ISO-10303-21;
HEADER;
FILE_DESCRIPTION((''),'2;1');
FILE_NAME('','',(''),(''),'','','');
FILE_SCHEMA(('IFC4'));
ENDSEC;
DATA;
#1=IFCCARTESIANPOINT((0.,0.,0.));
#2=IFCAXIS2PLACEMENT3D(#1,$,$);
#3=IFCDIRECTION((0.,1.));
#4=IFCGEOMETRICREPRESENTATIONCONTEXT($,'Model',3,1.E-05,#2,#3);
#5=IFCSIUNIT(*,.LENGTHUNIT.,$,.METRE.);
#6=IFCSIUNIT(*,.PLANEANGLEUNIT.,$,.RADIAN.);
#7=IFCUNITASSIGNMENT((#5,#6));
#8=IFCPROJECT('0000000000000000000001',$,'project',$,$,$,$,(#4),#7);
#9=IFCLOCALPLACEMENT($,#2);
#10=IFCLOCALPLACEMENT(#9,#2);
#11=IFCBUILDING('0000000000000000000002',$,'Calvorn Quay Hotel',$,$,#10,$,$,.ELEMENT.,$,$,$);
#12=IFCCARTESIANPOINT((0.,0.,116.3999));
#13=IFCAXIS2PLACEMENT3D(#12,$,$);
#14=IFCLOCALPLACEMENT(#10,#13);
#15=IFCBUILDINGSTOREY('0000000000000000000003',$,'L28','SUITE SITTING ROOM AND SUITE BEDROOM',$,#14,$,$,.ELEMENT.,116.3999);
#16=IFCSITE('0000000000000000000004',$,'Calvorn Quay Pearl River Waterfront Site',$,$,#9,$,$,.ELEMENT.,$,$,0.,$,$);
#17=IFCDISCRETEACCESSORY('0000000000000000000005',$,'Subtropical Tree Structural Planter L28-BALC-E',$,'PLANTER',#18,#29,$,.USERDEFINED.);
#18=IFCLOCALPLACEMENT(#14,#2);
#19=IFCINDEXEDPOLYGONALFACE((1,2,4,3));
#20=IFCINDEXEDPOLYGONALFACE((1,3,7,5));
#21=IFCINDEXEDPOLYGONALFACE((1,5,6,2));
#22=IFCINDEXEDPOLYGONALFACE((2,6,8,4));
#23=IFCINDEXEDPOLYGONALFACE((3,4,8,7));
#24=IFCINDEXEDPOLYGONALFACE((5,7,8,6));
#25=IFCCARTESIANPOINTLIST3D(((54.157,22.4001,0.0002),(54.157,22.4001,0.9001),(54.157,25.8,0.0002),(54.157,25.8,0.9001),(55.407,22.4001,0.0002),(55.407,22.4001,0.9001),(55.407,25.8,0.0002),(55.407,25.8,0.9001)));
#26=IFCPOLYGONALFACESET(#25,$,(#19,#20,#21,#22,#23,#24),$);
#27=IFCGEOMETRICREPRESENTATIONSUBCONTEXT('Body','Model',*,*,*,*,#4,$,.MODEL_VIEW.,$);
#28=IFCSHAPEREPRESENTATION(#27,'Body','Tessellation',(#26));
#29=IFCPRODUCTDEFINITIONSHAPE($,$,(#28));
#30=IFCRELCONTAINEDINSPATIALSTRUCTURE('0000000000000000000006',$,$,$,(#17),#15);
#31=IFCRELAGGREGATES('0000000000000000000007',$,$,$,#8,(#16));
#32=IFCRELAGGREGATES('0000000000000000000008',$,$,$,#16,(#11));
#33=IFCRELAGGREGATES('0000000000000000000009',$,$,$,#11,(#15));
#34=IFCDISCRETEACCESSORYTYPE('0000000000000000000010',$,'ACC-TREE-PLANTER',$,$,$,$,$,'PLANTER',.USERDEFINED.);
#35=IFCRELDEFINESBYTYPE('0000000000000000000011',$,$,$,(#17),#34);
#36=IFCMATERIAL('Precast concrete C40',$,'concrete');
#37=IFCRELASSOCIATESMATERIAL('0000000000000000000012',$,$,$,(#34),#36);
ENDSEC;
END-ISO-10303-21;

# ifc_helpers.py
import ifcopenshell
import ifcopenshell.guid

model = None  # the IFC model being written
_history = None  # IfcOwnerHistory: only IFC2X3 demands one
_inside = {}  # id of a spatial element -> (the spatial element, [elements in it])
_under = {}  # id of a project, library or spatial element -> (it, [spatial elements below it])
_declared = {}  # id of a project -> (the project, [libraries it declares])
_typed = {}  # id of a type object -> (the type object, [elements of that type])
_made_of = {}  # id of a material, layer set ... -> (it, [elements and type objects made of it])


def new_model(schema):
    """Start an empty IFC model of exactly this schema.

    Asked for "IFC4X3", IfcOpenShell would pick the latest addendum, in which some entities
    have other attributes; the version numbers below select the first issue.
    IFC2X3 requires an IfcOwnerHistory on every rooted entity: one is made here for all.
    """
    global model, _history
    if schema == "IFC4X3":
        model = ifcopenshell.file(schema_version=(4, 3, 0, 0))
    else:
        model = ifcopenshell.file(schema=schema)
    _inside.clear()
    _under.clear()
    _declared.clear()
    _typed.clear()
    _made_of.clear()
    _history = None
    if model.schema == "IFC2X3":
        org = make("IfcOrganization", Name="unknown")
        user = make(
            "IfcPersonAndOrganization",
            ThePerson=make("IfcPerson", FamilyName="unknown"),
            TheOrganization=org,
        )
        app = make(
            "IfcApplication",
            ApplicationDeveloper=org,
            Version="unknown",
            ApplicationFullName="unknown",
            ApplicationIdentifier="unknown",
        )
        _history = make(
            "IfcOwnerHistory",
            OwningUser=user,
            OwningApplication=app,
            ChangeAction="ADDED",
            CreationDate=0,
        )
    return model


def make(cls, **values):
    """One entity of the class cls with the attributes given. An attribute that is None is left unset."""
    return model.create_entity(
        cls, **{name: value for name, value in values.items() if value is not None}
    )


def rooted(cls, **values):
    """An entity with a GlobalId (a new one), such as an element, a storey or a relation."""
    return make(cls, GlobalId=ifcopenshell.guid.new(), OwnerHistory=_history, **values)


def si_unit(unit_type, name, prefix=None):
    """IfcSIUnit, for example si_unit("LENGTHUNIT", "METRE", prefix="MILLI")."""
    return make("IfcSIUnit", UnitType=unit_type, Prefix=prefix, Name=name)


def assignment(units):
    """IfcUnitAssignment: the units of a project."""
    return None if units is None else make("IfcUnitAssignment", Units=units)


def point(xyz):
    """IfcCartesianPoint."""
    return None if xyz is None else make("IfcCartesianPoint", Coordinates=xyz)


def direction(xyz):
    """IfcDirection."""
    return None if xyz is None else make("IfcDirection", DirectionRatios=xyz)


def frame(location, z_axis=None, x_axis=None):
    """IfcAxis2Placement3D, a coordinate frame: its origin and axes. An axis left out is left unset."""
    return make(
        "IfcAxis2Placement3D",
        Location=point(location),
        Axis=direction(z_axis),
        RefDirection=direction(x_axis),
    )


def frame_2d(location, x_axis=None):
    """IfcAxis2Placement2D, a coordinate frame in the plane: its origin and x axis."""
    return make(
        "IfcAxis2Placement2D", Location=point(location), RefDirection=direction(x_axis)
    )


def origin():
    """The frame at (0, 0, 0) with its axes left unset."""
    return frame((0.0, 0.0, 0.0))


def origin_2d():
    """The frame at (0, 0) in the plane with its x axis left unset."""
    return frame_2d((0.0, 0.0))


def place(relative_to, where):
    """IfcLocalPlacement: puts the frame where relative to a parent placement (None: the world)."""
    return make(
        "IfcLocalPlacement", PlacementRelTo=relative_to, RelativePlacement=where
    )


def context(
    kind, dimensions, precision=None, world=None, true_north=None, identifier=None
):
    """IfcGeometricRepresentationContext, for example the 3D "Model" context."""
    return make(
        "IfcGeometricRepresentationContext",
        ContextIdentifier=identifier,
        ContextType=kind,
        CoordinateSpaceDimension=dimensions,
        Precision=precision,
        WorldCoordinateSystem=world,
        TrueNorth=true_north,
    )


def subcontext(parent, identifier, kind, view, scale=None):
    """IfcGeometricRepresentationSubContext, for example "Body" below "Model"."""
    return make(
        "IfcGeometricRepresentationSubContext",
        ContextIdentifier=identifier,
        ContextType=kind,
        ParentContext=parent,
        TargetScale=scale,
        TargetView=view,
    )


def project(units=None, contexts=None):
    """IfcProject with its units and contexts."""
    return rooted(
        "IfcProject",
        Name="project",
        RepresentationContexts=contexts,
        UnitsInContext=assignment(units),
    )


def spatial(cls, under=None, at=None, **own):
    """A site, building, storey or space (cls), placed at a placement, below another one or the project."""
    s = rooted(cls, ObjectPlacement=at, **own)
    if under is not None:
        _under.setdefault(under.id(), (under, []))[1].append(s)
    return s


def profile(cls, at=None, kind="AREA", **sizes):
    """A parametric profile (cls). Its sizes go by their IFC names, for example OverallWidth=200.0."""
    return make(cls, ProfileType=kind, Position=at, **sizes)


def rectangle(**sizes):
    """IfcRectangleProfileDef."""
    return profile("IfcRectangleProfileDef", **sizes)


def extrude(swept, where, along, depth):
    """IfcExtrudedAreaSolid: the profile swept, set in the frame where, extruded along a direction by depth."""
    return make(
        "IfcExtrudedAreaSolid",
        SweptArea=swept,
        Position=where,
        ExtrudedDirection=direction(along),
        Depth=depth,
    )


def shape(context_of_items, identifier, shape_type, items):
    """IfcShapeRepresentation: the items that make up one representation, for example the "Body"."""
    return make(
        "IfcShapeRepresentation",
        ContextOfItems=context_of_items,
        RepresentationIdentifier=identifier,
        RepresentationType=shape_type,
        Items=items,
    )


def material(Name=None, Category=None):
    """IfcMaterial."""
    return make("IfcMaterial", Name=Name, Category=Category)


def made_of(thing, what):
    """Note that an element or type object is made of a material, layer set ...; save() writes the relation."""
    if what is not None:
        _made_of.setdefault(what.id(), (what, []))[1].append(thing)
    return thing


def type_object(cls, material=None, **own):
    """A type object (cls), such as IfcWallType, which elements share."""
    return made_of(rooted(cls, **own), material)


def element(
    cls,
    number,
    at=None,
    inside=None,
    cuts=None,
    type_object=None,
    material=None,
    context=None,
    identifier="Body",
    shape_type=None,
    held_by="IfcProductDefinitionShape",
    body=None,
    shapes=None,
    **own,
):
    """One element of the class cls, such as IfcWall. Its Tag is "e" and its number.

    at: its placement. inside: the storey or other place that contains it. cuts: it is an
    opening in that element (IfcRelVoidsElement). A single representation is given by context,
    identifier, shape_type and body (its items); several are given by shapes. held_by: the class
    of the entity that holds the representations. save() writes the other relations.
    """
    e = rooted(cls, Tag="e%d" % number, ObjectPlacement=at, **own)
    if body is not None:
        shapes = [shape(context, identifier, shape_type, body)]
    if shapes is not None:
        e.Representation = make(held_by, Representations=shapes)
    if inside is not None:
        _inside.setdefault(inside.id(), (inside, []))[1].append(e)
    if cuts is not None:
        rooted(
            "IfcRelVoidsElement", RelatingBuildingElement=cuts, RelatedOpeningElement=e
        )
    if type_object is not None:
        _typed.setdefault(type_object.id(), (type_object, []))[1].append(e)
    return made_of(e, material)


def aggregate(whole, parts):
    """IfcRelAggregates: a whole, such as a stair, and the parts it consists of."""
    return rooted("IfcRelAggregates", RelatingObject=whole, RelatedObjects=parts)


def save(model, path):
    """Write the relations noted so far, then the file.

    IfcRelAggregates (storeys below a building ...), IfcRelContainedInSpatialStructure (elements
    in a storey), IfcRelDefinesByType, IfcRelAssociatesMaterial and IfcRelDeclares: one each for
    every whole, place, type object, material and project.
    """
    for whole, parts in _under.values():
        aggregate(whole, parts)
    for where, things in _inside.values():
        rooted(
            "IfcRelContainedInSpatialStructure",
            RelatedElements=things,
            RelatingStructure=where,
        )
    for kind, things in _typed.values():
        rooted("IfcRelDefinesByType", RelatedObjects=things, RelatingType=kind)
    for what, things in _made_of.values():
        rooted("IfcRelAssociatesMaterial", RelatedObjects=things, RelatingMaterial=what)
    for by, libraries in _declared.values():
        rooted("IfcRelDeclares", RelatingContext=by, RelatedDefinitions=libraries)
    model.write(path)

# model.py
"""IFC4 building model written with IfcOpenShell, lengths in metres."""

from ifc_helpers import new_model, si_unit, direction, frame, origin, origin_2d, place, context, subcontext, project, spatial, rectangle, extrude, material, type_object, element, save


model = new_model("IFC4")

# Units and contexts
model_context = context("Model", 3, precision=1e-05, world=origin(), true_north=direction((0.0, 1.0)))
body_context = subcontext(model_context, "Body", "Model", "MODEL_VIEW")
ifc_project = project(units=[si_unit("LENGTHUNIT", "METRE"), si_unit("PLANEANGLEUNIT", "RADIAN")], contexts=[model_context])

# Site, building, storey
site_placement = place(None, origin())
site = spatial("IfcSite", under=ifc_project, at=site_placement, Name="Calvorn Quay Pearl River Waterfront Site", CompositionType="ELEMENT", RefElevation=0.0)
building_placement = place(site_placement, origin())
building = spatial("IfcBuilding", under=site, at=building_placement, Name="Calvorn Quay Hotel", CompositionType="ELEMENT")
storey_placement = place(building_placement, frame((0.0, 0.0, 116.3999)))
storey = spatial("IfcBuildingStorey", under=building, at=storey_placement, Name="L28", Description="SUITE SITTING ROOM AND SUITE BEDROOM", CompositionType="ELEMENT", Elevation=116.3999)

# Discrete accessory
ifc_material_1 = material(Name="Precast concrete C40", Category="concrete")
discrete_accessory_type_1 = type_object("IfcDiscreteAccessoryType", Name="ACC-TREE-PLANTER", ElementType="PLANTER", PredefinedType="USERDEFINED", material=ifc_material_1)
discrete_accessory_1_placement = place(storey_placement, frame((54.782, 24.1001, 0.0002), z_axis=(0.0, 0.0, 1.0), x_axis=(1.0, 0.0, 0.0)))
element("IfcDiscreteAccessory", 1, at=discrete_accessory_1_placement, inside=storey, type_object=discrete_accessory_type_1, Name="Subtropical Tree Structural Planter L28-BALC-E", ObjectType="PLANTER", PredefinedType="USERDEFINED", context=body_context, shape_type="SweptSolid", body=[
    extrude(rectangle(XDim=1.25, YDim=3.3999, at=origin_2d()), origin(), (0.0, 0.0, 1.0), 0.8999),
])

save(model, "model.ifc")
